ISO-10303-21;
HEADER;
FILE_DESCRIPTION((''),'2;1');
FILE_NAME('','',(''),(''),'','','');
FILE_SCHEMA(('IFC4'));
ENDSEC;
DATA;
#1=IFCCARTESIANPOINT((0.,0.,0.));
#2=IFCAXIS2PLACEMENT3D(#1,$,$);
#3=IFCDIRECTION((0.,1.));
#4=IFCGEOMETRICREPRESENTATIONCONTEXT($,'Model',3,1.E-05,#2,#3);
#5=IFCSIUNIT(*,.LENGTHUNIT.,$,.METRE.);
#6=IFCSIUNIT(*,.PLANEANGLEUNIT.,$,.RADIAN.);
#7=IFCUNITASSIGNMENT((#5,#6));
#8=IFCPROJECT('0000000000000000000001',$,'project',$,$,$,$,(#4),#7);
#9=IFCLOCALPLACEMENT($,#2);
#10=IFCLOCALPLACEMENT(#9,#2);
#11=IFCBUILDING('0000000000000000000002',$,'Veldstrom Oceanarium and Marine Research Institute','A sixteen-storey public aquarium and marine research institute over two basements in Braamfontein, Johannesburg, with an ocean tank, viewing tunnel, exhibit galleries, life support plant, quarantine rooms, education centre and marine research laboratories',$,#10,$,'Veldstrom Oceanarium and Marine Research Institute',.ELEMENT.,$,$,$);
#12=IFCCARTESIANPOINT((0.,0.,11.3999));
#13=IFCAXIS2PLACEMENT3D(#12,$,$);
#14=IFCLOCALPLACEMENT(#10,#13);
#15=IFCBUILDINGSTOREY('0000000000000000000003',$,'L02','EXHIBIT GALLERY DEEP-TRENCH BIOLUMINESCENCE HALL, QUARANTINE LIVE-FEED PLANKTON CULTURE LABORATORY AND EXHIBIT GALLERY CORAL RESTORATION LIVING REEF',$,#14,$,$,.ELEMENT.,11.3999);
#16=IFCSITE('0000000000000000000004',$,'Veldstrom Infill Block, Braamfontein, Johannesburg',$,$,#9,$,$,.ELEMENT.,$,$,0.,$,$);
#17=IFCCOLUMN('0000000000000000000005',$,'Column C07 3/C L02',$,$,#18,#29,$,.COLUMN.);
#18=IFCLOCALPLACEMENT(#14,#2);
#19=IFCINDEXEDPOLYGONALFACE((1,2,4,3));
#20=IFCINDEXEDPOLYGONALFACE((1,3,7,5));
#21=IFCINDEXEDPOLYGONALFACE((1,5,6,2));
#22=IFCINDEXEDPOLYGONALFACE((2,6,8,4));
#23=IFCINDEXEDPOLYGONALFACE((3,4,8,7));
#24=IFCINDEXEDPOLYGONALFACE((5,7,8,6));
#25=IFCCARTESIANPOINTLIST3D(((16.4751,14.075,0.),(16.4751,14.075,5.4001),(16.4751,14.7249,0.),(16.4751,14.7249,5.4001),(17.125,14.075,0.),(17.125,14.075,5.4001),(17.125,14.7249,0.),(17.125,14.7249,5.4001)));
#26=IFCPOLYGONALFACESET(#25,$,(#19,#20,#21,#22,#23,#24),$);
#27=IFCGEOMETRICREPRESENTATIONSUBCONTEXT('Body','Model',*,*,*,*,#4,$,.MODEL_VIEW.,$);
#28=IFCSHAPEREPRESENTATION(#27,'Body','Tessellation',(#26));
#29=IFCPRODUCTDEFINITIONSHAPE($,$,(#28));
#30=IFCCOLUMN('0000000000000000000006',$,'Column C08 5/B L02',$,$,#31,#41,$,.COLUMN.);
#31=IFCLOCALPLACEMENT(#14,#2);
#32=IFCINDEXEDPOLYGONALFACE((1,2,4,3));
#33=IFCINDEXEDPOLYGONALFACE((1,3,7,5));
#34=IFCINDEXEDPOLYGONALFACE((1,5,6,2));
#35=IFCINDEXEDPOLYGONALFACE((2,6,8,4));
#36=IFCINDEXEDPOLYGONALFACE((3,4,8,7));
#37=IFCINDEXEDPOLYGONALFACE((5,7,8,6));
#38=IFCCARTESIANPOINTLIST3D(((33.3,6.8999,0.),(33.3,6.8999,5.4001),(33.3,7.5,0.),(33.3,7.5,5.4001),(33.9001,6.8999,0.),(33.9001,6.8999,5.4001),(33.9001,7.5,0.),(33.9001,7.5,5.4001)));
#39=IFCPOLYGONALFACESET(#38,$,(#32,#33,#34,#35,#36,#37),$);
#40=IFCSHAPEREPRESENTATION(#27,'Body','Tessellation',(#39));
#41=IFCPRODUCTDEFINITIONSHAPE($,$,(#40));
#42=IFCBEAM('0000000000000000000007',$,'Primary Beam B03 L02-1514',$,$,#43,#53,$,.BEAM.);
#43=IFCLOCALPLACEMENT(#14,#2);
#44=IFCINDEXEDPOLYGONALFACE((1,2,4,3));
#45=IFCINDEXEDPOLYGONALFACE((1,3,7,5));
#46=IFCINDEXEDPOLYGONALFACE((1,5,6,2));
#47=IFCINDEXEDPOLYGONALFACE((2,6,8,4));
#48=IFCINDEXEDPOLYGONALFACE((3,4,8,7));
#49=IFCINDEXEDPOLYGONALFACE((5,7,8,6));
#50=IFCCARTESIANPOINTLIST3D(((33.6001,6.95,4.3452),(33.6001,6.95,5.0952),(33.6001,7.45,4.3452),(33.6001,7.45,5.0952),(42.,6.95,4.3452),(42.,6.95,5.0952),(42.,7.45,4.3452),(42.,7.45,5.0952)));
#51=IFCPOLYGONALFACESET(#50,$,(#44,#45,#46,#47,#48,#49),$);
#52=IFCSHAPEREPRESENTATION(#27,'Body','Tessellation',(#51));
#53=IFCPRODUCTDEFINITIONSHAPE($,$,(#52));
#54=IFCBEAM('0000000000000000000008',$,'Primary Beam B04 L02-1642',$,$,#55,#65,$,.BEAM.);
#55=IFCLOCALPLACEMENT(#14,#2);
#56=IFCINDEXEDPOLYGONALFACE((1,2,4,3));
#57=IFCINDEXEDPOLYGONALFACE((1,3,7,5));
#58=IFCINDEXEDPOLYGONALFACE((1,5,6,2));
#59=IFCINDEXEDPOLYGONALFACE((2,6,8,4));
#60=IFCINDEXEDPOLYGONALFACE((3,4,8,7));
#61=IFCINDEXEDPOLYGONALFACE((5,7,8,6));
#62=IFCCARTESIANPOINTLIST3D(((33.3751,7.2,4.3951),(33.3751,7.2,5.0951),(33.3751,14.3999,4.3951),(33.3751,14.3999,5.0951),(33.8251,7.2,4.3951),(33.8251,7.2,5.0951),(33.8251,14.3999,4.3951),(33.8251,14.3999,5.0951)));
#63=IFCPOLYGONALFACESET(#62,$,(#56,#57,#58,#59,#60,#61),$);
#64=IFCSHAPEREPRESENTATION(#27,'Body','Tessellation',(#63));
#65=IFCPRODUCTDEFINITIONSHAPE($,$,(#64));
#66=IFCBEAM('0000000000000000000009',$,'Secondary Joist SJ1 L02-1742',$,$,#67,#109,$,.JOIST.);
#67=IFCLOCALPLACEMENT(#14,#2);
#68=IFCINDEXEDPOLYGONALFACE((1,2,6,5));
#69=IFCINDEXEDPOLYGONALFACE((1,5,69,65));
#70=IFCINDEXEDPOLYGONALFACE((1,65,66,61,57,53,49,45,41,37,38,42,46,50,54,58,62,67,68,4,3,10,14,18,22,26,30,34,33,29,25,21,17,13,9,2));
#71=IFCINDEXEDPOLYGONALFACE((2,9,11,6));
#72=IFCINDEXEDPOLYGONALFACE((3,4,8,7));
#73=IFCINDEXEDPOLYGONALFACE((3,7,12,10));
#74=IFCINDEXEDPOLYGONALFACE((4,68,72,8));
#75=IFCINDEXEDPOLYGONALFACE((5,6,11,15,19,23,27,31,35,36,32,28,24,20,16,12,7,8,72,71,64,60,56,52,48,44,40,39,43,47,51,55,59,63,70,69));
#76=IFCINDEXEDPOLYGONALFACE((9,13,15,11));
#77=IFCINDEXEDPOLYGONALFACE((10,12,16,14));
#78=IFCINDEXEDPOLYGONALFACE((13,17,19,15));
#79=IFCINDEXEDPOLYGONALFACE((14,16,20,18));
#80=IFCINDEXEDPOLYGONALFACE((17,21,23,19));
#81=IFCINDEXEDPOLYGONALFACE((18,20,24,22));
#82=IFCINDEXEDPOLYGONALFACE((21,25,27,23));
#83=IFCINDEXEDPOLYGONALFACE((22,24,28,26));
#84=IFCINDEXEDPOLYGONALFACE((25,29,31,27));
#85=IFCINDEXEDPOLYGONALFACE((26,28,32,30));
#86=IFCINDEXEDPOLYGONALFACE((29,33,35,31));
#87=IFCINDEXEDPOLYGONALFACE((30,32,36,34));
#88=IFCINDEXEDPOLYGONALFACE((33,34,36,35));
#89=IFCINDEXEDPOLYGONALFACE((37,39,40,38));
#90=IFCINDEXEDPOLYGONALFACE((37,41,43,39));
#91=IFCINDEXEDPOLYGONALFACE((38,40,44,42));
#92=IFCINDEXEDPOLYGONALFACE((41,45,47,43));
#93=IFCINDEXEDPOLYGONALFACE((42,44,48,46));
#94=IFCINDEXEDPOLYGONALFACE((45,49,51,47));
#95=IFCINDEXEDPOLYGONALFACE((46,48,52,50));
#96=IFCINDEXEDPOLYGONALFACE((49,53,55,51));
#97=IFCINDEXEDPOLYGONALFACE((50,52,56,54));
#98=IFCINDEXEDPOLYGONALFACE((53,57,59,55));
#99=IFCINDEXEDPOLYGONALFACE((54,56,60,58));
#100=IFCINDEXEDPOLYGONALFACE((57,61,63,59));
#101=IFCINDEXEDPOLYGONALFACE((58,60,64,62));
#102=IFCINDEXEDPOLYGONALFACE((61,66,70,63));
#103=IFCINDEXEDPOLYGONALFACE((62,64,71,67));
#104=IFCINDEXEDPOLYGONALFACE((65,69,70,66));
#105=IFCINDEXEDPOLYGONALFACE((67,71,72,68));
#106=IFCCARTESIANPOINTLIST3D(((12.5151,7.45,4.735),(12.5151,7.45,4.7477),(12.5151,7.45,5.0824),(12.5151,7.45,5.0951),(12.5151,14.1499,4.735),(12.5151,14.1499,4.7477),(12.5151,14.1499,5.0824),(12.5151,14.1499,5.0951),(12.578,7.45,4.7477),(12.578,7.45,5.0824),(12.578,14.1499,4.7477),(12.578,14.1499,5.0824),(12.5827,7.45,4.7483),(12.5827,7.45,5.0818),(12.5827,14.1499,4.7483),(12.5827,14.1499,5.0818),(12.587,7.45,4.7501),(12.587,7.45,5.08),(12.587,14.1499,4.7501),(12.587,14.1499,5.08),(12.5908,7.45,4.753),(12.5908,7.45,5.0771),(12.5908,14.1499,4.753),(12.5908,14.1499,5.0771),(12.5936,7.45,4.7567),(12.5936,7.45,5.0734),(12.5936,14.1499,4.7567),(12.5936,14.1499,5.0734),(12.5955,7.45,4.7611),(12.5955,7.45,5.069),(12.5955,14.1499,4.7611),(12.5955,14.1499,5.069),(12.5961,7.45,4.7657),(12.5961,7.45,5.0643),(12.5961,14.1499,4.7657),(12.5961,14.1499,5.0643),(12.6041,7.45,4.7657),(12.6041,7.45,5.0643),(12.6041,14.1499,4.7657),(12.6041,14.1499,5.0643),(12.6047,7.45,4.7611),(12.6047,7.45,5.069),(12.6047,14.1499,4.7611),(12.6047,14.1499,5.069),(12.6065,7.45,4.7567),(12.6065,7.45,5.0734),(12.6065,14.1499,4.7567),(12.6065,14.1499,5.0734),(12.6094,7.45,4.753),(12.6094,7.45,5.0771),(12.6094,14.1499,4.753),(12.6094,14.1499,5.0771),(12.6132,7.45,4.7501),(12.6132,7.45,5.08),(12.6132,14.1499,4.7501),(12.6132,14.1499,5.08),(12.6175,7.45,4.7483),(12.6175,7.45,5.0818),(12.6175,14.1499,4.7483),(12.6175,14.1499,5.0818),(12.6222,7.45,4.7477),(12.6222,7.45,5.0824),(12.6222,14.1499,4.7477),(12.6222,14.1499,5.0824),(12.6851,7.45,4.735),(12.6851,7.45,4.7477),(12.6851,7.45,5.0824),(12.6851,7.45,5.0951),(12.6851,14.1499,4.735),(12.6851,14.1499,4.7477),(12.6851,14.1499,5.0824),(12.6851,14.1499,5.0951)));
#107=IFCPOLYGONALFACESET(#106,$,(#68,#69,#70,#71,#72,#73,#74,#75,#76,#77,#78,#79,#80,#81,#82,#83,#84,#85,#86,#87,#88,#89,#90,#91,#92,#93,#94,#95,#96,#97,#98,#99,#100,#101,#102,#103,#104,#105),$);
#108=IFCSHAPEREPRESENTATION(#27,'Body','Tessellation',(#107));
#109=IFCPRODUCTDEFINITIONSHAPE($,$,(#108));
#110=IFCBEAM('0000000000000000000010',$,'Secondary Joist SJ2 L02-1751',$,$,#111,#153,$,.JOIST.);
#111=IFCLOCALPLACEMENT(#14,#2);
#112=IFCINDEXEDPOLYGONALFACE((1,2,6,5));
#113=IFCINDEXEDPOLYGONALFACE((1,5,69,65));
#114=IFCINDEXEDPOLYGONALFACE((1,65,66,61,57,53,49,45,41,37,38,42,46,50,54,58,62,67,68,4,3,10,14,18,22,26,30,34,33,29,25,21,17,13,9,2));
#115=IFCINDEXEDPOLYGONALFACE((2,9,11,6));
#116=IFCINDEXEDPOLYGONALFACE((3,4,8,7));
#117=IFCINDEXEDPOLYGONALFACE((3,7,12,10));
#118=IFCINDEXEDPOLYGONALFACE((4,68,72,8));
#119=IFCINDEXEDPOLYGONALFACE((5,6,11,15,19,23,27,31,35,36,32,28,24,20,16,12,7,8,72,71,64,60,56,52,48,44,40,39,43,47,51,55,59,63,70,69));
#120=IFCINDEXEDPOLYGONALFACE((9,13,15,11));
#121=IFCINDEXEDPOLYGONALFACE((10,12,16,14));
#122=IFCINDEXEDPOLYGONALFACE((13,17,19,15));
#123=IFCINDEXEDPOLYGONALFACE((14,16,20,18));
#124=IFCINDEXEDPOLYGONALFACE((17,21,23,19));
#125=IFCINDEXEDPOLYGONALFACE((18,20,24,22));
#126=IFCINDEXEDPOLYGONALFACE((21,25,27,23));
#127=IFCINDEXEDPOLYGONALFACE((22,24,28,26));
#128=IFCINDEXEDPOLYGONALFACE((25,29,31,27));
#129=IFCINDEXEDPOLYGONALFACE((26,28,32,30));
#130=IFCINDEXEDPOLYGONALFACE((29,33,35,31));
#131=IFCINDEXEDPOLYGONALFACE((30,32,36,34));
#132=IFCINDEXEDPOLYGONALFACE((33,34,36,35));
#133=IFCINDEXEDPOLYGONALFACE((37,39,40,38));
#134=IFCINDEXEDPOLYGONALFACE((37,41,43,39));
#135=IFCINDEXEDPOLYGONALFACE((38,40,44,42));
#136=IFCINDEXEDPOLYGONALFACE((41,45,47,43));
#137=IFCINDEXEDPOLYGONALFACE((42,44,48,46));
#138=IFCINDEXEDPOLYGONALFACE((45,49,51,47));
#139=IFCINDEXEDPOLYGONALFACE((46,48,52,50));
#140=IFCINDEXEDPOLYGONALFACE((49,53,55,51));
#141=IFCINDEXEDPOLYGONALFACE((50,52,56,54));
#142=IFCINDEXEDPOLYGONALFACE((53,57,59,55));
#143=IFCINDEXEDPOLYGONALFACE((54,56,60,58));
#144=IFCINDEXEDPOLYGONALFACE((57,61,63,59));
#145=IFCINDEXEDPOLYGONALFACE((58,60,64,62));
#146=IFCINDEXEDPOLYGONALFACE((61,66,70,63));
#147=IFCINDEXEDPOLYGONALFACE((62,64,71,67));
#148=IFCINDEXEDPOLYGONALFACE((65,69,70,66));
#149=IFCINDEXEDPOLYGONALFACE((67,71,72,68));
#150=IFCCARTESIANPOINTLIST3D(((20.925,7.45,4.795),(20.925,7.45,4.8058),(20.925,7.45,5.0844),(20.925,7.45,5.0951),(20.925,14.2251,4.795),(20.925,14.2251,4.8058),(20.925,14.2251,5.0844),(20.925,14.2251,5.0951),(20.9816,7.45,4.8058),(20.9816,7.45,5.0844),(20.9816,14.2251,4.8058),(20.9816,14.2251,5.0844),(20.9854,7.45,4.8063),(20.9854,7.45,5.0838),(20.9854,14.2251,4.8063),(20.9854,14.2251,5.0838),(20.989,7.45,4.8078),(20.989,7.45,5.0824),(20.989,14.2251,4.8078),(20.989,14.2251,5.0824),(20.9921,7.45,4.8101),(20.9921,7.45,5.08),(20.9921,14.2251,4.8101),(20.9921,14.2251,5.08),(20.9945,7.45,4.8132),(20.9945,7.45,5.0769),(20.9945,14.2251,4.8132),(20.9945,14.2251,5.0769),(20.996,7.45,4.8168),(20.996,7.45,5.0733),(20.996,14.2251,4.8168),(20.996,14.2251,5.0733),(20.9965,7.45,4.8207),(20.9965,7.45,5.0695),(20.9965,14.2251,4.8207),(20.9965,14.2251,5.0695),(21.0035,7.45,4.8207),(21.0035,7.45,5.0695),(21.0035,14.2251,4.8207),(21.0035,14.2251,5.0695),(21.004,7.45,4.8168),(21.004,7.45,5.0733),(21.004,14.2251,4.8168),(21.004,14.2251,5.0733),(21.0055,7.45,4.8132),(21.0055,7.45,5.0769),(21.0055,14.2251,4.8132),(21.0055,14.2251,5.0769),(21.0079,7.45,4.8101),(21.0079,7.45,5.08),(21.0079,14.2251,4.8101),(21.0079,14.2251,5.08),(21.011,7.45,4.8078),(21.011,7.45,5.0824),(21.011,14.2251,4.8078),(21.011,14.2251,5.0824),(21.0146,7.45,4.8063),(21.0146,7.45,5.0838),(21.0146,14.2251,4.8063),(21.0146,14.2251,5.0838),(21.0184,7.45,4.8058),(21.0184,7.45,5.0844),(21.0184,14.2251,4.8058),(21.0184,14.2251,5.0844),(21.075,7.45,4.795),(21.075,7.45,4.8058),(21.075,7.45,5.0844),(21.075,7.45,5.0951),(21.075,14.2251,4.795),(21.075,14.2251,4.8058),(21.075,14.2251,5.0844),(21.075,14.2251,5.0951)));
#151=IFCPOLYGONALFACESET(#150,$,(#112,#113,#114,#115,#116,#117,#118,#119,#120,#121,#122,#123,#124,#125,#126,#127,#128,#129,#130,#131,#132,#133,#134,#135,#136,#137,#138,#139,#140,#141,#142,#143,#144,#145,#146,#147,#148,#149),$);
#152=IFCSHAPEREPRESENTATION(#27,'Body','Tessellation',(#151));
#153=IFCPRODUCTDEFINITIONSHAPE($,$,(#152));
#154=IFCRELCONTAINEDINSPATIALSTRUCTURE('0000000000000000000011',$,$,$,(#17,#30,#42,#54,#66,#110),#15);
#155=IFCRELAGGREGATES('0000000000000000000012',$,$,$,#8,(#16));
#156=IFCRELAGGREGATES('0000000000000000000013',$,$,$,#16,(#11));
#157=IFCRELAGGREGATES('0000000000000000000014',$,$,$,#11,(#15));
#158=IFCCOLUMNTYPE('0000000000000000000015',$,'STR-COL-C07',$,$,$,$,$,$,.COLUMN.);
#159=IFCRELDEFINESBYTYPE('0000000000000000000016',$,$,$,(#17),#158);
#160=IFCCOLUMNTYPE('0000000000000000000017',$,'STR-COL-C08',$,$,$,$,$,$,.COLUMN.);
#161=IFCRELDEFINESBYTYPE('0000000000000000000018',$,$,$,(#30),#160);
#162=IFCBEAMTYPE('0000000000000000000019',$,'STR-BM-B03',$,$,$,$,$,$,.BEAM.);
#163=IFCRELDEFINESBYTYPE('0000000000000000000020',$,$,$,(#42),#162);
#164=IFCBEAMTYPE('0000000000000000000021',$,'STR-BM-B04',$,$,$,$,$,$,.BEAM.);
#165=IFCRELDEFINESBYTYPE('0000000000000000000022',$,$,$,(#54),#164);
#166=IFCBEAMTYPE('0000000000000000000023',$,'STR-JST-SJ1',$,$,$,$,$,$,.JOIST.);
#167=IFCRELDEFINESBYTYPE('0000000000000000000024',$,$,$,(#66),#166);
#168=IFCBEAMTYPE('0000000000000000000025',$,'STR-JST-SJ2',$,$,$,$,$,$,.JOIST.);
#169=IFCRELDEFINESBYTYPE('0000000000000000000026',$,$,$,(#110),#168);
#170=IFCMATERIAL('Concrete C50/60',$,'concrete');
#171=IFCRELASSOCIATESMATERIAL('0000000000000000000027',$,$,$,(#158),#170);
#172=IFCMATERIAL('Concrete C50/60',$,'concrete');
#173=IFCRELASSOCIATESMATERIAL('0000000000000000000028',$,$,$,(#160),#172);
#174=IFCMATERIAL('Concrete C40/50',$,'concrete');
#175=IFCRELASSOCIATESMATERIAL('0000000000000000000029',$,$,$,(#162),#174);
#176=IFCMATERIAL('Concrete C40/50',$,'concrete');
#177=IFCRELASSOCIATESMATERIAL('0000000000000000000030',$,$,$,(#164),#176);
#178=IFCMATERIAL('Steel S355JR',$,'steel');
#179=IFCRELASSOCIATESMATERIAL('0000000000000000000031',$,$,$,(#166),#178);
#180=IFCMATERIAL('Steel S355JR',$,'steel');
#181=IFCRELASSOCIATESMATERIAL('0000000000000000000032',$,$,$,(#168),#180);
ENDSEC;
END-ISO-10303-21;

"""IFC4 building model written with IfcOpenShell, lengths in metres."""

from ifc_helpers import new_model, si_unit, direction, frame, origin, origin_2d, place, context, subcontext, project, spatial, rectangle, i_section, extrude, material, material_profile, profile_set, type_object, element, save


model = new_model("IFC4")

# Units and contexts
model_context = context("Model", 3, precision=1e-05, world=origin(), true_north=direction((0.0, 1.0)))
body_context = subcontext(model_context, "Body", "Model", "MODEL_VIEW")
ifc_project = project(units=[si_unit("LENGTHUNIT", "METRE"), si_unit("PLANEANGLEUNIT", "RADIAN")], contexts=[model_context])

# Site, building, storey
site_placement = place(None, origin())
site = spatial("IfcSite", under=ifc_project, at=site_placement, Name="Veldstrom Infill Block, Braamfontein, Johannesburg", CompositionType="ELEMENT", RefElevation=0.0)
building_placement = place(site_placement, origin())
building = spatial("IfcBuilding", under=site, at=building_placement, Name="Veldstrom Oceanarium and Marine Research Institute", Description="A sixteen-storey public aquarium and marine research institute over two basements in Braamfontein, Johannesburg, with an ocean tank, viewing tunnel, exhibit galleries, life support plant, quarantine rooms, education centre and marine research laboratories", LongName="Veldstrom Oceanarium and Marine Research Institute", CompositionType="ELEMENT")
storey_placement = place(building_placement, frame((0.0, 0.0, 11.3999)))
storey = spatial("IfcBuildingStorey", under=building, at=storey_placement, Name="L02", Description="EXHIBIT GALLERY DEEP-TRENCH BIOLUMINESCENCE HALL, QUARANTINE LIVE-FEED PLANKTON CULTURE LABORATORY AND EXHIBIT GALLERY CORAL RESTORATION LIVING REEF", CompositionType="ELEMENT", Elevation=11.3999)

# Columns
ifc_material_1 = material(Name="Concrete C50/60", Category="concrete")
ifc_material_profile_1 = material_profile(ifc_material_1, rectangle(XDim=0.6499, YDim=0.6499, at=origin_2d()), Name="RC-COL-650x650")
ifc_profile_set_1 = profile_set([ifc_material_profile_1], Name="Concrete C50/60")
column_type_1 = type_object("IfcColumnType", Name="STR-COL-C07", PredefinedType="COLUMN", material=ifc_profile_set_1)
column_1_placement = place(storey_placement, frame((16.8, 14.3999, 0.0), z_axis=(0.0, 0.0, 1.0), x_axis=(1.0, 0.0, 0.0)))
element("IfcColumn", 1, at=column_1_placement, inside=storey, type_object=column_type_1, Name="Column C07 3/C L02", PredefinedType="COLUMN", context=body_context, shape_type="SweptSolid", body=[
    extrude(rectangle(XDim=0.6499, YDim=0.6499, at=origin_2d()), origin(), (0.0, 0.0, 1.0), 5.4001),
])
ifc_material_2 = material(Name="Concrete C50/60", Category="concrete")
ifc_material_profile_2 = material_profile(ifc_material_2, rectangle(XDim=0.6001, YDim=0.6001, at=origin_2d()), Name="RC-COL-600x600")
ifc_profile_set_2 = profile_set([ifc_material_profile_2], Name="Concrete C50/60")
column_type_2 = type_object("IfcColumnType", Name="STR-COL-C08", PredefinedType="COLUMN", material=ifc_profile_set_2)
column_2_placement = place(storey_placement, frame((33.6001, 7.2, 0.0), z_axis=(0.0, 0.0, 1.0), x_axis=(1.0, 0.0, 0.0)))
element("IfcColumn", 2, at=column_2_placement, inside=storey, type_object=column_type_2, Name="Column C08 5/B L02", PredefinedType="COLUMN", context=body_context, shape_type="SweptSolid", body=[
    extrude(rectangle(XDim=0.6001, YDim=0.6001, at=origin_2d()), origin(), (0.0, 0.0, 1.0), 5.4001),
])

# Beams
ifc_material_3 = material(Name="Concrete C40/50", Category="concrete")
ifc_material_profile_3 = material_profile(ifc_material_3, rectangle(XDim=0.5, YDim=0.75, at=origin_2d()), Name="RC-BM-500x750")
ifc_profile_set_3 = profile_set([ifc_material_profile_3], Name="Concrete C40/50")
beam_type_1 = type_object("IfcBeamType", Name="STR-BM-B03", PredefinedType="BEAM", material=ifc_profile_set_3)
beam_1_placement = place(storey_placement, frame((33.6001, 7.2, 4.7202), z_axis=(1.0, 0.0, 0.0), x_axis=(0.0, 1.0, 0.0)))
element("IfcBeam", 3, at=beam_1_placement, inside=storey, type_object=beam_type_1, Name="Primary Beam B03 L02-1514", PredefinedType="BEAM", context=body_context, shape_type="SweptSolid", body=[
    extrude(rectangle(XDim=0.5, YDim=0.75, at=origin_2d()), origin(), (0.0, 0.0, 1.0), 8.3999),
])
ifc_material_4 = material(Name="Concrete C40/50", Category="concrete")
ifc_material_profile_4 = material_profile(ifc_material_4, rectangle(XDim=0.45, YDim=0.7, at=origin_2d()), Name="RC-BM-450x700")
ifc_profile_set_4 = profile_set([ifc_material_profile_4], Name="Concrete C40/50")
beam_type_2 = type_object("IfcBeamType", Name="STR-BM-B04", PredefinedType="BEAM", material=ifc_profile_set_4)
beam_2_placement = place(storey_placement, frame((33.6001, 7.2, 4.7451), z_axis=(0.0, 1.0, 0.0), x_axis=(-1.0, 0.0, 0.0)))
element("IfcBeam", 4, at=beam_2_placement, inside=storey, type_object=beam_type_2, Name="Primary Beam B04 L02-1642", PredefinedType="BEAM", context=body_context, shape_type="SweptSolid", body=[
    extrude(rectangle(XDim=0.45, YDim=0.7, at=origin_2d()), origin(), (0.0, 0.0, 1.0), 7.2),
])
ifc_material_5 = material(Name="Steel S355JR", Category="steel")
ifc_material_profile_5 = material_profile(ifc_material_5, i_section(OverallWidth=0.1699, OverallDepth=0.3601, WebThickness=0.0081, FlangeThickness=0.0127, FilletRadius=0.0181, at=origin_2d()), Name="IPE 360")
ifc_profile_set_5 = profile_set([ifc_material_profile_5], Name="Steel S355JR")
beam_type_3 = type_object("IfcBeamType", Name="STR-JST-SJ1", PredefinedType="JOIST", material=ifc_profile_set_5)
beam_3_placement = place(storey_placement, frame((12.6001, 7.45, 4.915), z_axis=(0.0, 1.0, 0.0), x_axis=(-1.0, 0.0, 0.0)))
element("IfcBeam", 5, at=beam_3_placement, inside=storey, type_object=beam_type_3, Name="Secondary Joist SJ1 L02-1742", PredefinedType="JOIST", context=body_context, shape_type="SweptSolid", body=[
    extrude(i_section(OverallWidth=0.1699, OverallDepth=0.3601, WebThickness=0.0081, FlangeThickness=0.0127, FilletRadius=0.0181, at=origin_2d()), origin(), (0.0, 0.0, 1.0), 6.7),
])
ifc_material_6 = material(Name="Steel S355JR", Category="steel")
ifc_material_profile_6 = material_profile(ifc_material_6, i_section(OverallWidth=0.1499, OverallDepth=0.3, WebThickness=0.0071, FlangeThickness=0.0107, FilletRadius=0.0149, at=origin_2d()), Name="IPE 300")
ifc_profile_set_6 = profile_set([ifc_material_profile_6], Name="Steel S355JR")
beam_type_4 = type_object("IfcBeamType", Name="STR-JST-SJ2", PredefinedType="JOIST", material=ifc_profile_set_6)
beam_4_placement = place(storey_placement, frame((21.0, 7.45, 4.9451), z_axis=(0.0, 1.0, 0.0), x_axis=(-1.0, 0.0, 0.0)))
element("IfcBeam", 6, at=beam_4_placement, inside=storey, type_object=beam_type_4, Name="Secondary Joist SJ2 L02-1751", PredefinedType="JOIST", context=body_context, shape_type="SweptSolid", body=[
    extrude(i_section(OverallWidth=0.1499, OverallDepth=0.3, WebThickness=0.0071, FlangeThickness=0.0107, FilletRadius=0.0149, at=origin_2d()), origin(), (0.0, 0.0, 1.0), 6.7751),
])

save(model, "model.ifc")
